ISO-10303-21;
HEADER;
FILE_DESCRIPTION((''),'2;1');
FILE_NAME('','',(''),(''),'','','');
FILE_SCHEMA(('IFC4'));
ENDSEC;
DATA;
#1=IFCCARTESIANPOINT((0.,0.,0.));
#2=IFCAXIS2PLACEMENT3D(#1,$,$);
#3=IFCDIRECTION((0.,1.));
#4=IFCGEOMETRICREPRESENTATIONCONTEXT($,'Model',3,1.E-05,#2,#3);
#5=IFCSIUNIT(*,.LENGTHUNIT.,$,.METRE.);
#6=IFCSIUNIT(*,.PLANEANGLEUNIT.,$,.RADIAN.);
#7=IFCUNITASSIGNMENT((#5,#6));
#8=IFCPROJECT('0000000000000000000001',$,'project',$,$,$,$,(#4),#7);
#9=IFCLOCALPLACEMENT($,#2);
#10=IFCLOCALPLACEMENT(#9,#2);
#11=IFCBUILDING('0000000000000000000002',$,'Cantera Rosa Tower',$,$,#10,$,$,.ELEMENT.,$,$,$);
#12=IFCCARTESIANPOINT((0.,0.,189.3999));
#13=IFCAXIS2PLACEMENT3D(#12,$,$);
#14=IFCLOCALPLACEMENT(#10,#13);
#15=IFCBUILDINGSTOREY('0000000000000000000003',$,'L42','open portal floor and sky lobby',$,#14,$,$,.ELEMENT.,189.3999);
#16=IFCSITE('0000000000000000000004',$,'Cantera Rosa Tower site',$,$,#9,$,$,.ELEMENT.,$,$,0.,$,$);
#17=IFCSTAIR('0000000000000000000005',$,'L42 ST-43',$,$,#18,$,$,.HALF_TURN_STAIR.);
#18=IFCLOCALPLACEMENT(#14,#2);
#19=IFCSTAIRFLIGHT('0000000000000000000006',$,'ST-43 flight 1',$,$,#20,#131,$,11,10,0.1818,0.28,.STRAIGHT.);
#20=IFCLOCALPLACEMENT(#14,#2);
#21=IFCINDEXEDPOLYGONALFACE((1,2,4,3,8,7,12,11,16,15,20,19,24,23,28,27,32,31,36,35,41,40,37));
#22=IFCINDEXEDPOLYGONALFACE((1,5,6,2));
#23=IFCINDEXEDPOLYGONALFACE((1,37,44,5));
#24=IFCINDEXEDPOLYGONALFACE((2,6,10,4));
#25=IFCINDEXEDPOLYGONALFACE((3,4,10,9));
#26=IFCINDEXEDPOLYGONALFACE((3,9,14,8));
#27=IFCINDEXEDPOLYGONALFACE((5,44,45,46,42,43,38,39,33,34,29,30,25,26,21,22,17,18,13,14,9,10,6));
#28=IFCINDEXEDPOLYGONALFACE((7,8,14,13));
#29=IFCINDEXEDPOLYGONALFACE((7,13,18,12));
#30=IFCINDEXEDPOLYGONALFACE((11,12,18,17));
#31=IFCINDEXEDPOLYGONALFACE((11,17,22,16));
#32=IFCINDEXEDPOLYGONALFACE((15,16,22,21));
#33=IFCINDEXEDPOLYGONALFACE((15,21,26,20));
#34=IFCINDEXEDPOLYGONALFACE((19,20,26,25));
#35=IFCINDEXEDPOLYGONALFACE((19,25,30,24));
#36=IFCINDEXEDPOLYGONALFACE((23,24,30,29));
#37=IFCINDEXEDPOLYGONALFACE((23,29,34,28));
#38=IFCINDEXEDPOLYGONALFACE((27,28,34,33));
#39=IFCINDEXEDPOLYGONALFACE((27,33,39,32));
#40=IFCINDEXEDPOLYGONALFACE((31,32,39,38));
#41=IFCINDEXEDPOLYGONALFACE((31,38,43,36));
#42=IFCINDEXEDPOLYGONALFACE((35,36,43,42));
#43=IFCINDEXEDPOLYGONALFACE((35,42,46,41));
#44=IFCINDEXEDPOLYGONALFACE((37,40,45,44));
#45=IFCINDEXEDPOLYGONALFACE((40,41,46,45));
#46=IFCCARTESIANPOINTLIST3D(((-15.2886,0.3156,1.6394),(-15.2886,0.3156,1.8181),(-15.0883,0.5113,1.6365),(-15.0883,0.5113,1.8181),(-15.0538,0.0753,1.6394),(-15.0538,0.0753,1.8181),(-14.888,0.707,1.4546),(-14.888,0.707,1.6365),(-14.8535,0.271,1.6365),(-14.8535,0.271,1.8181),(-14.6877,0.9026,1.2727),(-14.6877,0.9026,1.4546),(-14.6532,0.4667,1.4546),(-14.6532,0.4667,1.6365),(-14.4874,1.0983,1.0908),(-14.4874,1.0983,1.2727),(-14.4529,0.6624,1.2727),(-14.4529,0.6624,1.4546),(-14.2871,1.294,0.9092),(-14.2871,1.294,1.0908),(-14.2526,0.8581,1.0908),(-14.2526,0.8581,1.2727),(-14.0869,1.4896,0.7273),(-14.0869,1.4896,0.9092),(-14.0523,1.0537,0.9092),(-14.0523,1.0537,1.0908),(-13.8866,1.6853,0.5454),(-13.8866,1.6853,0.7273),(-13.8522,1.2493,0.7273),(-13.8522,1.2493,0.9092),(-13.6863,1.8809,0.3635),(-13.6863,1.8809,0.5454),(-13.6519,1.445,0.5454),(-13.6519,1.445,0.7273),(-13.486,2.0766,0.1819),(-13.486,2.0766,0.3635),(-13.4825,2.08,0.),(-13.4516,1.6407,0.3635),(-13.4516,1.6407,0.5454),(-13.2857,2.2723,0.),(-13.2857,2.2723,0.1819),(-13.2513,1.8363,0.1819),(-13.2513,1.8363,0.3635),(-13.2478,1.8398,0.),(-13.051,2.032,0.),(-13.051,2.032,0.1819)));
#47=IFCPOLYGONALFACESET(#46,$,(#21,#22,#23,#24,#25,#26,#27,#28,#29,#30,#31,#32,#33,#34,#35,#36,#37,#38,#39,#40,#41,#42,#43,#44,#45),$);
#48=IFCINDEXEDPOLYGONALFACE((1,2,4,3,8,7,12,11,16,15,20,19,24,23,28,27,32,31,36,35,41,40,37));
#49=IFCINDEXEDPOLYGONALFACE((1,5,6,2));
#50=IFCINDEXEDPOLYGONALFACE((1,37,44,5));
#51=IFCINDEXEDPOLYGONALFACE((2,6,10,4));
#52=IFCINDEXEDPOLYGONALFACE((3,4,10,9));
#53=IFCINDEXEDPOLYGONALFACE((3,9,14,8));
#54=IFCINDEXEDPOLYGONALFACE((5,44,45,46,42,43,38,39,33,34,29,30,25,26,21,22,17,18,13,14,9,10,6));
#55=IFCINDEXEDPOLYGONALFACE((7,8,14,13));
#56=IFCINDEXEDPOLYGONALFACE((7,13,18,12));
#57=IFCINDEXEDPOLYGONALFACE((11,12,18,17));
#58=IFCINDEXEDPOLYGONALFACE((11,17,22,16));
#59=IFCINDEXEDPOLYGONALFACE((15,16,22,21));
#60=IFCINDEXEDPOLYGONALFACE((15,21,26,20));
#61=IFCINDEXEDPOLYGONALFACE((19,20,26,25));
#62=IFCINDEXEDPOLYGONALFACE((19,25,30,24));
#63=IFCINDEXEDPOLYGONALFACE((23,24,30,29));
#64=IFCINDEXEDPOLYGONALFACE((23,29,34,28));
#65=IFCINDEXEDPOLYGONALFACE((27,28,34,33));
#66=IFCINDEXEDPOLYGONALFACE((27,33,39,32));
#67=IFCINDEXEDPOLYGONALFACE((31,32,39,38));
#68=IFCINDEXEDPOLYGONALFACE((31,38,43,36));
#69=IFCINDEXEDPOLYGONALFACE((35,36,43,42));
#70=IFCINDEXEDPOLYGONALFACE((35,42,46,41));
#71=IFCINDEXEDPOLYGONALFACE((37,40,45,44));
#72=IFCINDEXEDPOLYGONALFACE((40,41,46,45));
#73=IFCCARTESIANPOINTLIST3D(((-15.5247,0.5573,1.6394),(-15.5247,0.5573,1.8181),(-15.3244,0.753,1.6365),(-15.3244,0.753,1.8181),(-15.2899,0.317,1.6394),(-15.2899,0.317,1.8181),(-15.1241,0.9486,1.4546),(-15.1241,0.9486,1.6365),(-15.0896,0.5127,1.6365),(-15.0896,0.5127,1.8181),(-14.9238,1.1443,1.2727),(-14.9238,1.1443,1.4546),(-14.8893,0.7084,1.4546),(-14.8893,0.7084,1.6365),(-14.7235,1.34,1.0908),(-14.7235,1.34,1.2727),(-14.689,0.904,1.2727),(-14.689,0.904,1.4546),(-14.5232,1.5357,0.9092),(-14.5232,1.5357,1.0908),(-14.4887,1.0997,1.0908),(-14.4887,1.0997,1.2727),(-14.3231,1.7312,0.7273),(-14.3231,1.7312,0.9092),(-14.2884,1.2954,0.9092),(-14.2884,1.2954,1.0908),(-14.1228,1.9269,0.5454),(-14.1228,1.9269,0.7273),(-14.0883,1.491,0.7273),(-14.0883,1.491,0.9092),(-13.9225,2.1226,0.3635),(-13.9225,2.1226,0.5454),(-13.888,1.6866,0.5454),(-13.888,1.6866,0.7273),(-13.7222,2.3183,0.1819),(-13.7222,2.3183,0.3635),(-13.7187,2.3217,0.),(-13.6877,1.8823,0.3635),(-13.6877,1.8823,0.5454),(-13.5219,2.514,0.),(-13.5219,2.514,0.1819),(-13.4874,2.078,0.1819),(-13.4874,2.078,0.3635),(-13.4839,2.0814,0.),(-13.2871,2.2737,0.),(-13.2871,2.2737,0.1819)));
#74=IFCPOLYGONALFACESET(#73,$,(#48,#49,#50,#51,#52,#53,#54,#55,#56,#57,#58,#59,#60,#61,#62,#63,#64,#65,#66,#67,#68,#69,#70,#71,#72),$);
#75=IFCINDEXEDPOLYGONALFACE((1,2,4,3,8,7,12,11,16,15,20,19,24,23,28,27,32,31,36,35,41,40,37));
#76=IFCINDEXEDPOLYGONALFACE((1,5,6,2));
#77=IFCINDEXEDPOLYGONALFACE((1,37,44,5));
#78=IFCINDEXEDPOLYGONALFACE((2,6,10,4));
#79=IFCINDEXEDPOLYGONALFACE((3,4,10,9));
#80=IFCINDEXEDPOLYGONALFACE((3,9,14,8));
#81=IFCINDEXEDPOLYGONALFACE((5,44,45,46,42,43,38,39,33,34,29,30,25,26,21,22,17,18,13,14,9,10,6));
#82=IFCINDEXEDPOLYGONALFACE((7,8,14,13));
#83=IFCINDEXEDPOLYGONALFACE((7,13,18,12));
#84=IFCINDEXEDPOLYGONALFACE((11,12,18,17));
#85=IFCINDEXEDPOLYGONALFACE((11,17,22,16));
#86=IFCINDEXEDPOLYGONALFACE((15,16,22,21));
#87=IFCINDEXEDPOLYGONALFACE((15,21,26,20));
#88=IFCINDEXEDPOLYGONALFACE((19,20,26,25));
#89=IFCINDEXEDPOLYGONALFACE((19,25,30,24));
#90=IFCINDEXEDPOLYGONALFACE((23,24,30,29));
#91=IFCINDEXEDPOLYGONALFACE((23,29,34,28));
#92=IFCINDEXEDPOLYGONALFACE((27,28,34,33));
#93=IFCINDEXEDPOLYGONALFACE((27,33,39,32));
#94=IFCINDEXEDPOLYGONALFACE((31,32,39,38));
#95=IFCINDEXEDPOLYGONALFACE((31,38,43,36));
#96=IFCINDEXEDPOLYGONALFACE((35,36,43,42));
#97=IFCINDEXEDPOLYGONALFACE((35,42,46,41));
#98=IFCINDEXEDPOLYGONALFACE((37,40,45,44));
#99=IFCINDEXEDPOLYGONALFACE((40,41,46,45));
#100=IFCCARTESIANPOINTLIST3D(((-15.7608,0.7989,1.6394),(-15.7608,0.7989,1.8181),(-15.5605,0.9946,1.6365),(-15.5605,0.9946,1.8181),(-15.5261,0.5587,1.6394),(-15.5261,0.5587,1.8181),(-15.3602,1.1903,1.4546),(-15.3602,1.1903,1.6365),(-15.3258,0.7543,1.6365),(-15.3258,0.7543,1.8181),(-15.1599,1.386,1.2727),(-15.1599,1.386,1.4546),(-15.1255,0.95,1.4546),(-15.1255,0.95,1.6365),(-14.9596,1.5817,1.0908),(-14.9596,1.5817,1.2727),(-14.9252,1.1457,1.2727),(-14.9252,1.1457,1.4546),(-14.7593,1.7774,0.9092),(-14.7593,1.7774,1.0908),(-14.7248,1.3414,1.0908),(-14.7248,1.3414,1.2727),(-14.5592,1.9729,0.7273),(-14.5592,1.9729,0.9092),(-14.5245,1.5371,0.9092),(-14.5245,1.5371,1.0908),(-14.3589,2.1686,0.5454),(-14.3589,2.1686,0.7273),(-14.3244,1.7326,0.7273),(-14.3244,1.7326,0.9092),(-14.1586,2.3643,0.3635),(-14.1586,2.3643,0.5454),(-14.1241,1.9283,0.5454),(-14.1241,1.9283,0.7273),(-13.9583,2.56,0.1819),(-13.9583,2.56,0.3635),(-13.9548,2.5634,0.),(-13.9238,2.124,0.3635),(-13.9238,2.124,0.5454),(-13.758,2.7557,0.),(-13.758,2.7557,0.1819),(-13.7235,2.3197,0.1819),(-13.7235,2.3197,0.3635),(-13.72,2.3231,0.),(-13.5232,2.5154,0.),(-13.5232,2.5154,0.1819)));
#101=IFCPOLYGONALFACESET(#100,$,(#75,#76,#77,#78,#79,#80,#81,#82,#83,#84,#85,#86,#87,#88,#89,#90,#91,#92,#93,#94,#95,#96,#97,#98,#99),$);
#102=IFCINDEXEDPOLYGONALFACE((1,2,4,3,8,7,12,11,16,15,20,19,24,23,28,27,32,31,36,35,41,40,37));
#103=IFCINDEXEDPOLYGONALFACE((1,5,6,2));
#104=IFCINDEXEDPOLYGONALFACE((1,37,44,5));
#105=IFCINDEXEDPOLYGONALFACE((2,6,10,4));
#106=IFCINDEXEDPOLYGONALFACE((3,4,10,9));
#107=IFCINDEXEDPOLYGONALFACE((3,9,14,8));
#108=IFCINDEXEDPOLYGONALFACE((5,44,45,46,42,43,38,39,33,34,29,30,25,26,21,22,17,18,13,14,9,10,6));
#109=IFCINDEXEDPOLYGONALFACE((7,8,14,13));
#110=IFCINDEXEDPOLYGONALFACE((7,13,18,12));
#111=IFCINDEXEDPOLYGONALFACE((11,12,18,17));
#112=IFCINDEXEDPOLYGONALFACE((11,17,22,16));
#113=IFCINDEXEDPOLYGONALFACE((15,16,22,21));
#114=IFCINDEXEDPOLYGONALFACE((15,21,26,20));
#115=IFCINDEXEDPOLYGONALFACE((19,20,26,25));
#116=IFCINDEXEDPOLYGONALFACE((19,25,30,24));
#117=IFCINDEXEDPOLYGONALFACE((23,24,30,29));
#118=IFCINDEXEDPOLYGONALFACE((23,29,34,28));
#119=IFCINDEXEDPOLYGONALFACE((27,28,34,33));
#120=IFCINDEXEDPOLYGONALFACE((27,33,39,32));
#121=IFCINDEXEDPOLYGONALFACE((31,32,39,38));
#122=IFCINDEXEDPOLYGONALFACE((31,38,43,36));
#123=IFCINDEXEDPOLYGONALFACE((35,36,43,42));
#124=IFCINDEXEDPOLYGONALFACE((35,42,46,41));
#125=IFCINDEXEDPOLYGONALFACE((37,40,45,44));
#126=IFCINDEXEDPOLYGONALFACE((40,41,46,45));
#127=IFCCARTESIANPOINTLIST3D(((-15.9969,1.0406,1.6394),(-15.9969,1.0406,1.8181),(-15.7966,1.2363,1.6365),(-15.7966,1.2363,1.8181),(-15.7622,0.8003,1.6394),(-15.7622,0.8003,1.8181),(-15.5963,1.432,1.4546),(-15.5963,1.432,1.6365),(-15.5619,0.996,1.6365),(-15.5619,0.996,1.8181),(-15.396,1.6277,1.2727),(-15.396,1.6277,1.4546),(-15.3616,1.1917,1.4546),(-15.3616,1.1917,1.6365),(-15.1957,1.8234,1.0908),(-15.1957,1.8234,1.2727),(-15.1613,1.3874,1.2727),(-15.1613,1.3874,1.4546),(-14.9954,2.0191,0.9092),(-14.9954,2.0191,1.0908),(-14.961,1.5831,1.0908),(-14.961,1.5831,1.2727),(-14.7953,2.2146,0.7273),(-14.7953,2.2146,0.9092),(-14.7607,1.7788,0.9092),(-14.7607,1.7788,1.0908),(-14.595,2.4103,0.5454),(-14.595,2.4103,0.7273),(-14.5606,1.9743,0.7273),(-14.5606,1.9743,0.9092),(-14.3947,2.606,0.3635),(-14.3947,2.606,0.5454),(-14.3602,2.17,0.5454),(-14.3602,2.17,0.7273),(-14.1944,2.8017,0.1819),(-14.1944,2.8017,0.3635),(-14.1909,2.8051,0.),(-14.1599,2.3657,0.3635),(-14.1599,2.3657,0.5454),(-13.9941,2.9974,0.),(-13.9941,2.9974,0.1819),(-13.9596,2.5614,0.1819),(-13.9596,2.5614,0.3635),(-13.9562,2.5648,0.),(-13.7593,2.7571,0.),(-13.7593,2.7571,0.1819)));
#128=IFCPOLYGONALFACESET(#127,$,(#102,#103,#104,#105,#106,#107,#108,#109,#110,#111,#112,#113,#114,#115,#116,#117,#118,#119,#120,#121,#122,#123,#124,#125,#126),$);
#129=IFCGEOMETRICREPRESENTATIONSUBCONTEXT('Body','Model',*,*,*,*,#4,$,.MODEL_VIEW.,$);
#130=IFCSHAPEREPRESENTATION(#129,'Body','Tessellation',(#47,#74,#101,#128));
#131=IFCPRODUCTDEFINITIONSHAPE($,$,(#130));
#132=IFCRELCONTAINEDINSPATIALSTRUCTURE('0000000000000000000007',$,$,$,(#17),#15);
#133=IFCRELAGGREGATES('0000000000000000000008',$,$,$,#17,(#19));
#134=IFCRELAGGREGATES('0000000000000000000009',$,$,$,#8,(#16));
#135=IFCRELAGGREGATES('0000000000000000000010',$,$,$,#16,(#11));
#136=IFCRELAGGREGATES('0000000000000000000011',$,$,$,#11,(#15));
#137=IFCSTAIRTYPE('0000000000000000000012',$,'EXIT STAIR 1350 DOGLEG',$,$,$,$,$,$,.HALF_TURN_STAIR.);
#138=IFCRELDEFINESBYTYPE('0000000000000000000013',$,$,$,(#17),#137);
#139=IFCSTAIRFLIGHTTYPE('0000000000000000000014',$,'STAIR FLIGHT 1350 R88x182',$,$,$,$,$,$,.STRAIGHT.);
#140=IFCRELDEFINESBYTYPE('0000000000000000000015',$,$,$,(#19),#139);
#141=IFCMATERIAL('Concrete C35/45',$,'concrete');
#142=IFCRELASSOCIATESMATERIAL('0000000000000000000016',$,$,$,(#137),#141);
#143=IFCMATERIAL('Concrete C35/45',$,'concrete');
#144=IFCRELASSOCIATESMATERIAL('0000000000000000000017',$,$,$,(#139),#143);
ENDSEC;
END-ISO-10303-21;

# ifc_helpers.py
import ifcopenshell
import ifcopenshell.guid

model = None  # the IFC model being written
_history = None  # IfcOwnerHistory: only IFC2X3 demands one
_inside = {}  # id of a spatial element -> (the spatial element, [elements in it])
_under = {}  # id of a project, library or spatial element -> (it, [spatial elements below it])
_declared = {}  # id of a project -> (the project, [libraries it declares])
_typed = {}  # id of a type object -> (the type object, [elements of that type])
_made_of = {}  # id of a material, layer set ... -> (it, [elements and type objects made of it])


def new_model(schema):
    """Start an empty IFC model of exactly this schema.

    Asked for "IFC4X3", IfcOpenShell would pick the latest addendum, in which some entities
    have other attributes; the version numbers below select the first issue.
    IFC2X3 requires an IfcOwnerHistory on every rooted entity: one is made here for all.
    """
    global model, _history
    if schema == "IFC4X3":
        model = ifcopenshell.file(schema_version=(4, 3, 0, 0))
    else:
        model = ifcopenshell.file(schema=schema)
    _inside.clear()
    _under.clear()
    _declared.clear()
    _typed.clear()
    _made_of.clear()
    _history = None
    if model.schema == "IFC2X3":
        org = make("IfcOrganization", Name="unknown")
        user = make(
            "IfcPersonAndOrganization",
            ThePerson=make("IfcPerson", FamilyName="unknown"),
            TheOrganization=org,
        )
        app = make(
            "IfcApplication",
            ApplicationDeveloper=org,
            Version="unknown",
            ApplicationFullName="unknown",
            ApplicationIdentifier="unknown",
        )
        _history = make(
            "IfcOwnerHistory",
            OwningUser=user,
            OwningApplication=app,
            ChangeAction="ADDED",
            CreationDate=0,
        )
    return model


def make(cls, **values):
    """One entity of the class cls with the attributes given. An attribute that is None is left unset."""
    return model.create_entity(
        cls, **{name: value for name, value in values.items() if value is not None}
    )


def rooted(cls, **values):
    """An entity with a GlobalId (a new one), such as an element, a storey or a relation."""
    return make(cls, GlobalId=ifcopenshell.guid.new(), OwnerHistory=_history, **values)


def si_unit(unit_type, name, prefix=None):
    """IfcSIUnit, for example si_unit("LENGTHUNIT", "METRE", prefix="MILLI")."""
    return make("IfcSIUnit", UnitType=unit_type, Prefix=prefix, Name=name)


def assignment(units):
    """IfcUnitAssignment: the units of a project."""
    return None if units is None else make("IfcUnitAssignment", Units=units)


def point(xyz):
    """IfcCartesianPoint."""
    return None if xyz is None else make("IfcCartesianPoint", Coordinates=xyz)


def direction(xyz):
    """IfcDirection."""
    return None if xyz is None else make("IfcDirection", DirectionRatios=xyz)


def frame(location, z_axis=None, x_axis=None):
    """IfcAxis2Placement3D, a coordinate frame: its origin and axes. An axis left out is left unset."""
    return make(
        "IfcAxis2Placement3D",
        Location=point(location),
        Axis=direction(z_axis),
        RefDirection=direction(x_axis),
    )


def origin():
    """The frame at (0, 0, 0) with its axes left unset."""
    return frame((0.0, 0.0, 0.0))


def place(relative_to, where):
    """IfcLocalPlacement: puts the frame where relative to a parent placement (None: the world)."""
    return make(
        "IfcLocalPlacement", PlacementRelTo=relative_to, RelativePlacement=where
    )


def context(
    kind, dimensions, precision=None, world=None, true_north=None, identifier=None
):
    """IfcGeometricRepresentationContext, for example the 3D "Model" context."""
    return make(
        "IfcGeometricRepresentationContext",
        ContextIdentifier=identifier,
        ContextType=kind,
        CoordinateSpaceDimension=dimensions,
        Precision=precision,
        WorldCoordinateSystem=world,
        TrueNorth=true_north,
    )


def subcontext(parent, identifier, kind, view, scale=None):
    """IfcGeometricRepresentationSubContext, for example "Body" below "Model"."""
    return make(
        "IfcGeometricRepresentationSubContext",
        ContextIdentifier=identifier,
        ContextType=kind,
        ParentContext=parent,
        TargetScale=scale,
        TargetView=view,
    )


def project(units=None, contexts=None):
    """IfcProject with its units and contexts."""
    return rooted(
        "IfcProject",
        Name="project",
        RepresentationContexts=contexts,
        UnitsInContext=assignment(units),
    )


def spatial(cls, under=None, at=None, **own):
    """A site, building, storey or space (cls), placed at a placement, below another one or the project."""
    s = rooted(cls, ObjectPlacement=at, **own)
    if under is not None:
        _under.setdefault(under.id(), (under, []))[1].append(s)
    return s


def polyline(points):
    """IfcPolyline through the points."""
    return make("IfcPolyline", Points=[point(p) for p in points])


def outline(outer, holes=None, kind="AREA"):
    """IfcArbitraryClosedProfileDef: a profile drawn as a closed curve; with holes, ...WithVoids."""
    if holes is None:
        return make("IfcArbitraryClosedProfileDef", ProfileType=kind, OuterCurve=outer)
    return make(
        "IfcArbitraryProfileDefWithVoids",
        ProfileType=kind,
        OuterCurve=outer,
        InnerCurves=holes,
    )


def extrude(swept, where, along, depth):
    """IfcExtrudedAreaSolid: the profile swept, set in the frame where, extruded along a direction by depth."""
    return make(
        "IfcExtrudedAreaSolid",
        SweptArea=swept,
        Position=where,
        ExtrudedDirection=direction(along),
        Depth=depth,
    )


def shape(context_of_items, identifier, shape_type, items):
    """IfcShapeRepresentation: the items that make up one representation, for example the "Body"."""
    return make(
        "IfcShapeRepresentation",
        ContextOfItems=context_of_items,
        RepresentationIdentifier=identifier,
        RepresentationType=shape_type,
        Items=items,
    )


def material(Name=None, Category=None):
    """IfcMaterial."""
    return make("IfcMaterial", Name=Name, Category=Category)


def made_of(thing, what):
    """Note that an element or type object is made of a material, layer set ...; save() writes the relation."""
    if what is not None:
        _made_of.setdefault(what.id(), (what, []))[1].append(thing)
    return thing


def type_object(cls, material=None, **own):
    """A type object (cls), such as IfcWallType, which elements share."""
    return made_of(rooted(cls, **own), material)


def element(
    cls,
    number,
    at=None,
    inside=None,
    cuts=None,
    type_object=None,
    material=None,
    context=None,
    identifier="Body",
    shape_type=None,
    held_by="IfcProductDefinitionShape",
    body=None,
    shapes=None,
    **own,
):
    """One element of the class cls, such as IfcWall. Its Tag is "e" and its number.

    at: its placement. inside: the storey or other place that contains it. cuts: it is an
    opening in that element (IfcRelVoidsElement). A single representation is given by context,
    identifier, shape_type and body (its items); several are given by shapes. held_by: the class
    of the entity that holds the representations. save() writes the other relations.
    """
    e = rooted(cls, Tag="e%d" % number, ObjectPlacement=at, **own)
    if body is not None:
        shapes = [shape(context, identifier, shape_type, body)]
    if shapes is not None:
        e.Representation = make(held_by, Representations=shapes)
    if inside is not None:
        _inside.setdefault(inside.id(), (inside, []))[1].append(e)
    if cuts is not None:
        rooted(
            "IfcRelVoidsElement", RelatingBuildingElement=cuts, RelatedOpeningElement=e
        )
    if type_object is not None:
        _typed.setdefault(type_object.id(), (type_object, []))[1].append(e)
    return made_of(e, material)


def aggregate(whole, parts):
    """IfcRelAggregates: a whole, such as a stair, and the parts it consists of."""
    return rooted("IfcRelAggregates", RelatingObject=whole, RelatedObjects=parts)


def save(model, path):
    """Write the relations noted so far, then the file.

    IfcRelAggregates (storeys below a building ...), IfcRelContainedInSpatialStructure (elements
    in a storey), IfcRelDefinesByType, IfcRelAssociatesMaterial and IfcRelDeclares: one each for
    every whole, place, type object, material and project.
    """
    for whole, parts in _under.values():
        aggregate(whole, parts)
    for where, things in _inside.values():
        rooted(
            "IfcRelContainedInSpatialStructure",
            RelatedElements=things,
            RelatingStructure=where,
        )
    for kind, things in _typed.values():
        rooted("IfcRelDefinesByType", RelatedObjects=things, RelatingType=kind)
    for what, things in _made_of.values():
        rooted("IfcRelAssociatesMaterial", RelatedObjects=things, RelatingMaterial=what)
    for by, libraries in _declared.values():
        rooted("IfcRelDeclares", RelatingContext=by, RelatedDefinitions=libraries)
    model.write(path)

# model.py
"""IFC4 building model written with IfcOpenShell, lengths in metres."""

from ifc_helpers import new_model, si_unit, direction, frame, origin, place, context, subcontext, project, spatial, polyline, outline, extrude, material, type_object, element, aggregate, save


model = new_model("IFC4")

# Units and contexts
model_context = context("Model", 3, precision=1e-05, world=origin(), true_north=direction((0.0, 1.0)))
body_context = subcontext(model_context, "Body", "Model", "MODEL_VIEW")
ifc_project = project(units=[si_unit("LENGTHUNIT", "METRE"), si_unit("PLANEANGLEUNIT", "RADIAN")], contexts=[model_context])

# Site, building, storey
site_placement = place(None, origin())
site = spatial("IfcSite", under=ifc_project, at=site_placement, Name="Cantera Rosa Tower site", CompositionType="ELEMENT", RefElevation=0.0)
building_placement = place(site_placement, origin())
building = spatial("IfcBuilding", under=site, at=building_placement, Name="Cantera Rosa Tower", CompositionType="ELEMENT")
storey_placement = place(building_placement, frame((0.0, 0.0, 189.3999)))
storey = spatial("IfcBuildingStorey", under=building, at=storey_placement, Name="L42", Description="open portal floor and sky lobby", CompositionType="ELEMENT", Elevation=189.3999)

# Stair, stair flight
ifc_material_1 = material(Name="Concrete C35/45", Category="concrete")
stair_type = type_object("IfcStairType", Name="EXIT STAIR 1350 DOGLEG", PredefinedType="HALF_TURN_STAIR", material=ifc_material_1)
stair_placement = place(storey_placement, origin())
stair = element("IfcStair", 1, at=stair_placement, inside=storey, type_object=stair_type, Name="L42 ST-43", PredefinedType="HALF_TURN_STAIR")
ifc_material_2 = material(Name="Concrete C35/45", Category="concrete")
stair_flight_type = type_object("IfcStairFlightType", Name="STAIR FLIGHT 1350 R88x182", PredefinedType="STRAIGHT", material=ifc_material_2)
stair_flight_1_placement = place(storey_placement, frame((-13.5227, 2.5149, 0.0), z_axis=(0.0, 0.0, 1.0), x_axis=(-0.715286, -0.698832, 0.0)))
stair_flight_1 = element("IfcStairFlight", 2, at=stair_flight_1_placement, type_object=stair_flight_type, Name="ST-43 flight 1", NumberOfRisers=11, NumberOfTreads=10, PredefinedType="STRAIGHT", RiserHeight=0.1818, TreadLength=0.28, context=body_context, shape_type="SweptSolid", body=[
    extrude(outline(polyline([(0.0, 0.0), (0.0, 0.1819), (0.28, 0.1819), (0.28, 0.3635), (0.5601, 0.3635), (0.5601, 0.5454), (0.8401, 0.5454), (0.8401, 0.7273), (1.1201, 0.7273), (1.1201, 0.9092), (1.3999, 0.9092), (1.3999, 1.0908), (1.6799, 1.0908), (1.6799, 1.2727), (1.96, 1.2727), (1.96, 1.4546), (2.24, 1.4546), (2.24, 1.6365), (2.52, 1.6365), (2.52, 1.8181), (2.8, 1.8181), (2.8, 2.0), (2.8, 1.6394), (0.2751, 0.0), (0.0, 0.0)])), frame((0.0, 0.675, 0.0), z_axis=(0.0, -1.0, 0.0), x_axis=(1.0, 0.0, 0.0)), (0.0, 0.0, 1.0), 0.3359),
    extrude(outline(polyline([(0.0, 0.0), (0.0, 0.1819), (0.28, 0.1819), (0.28, 0.3635), (0.5601, 0.3635), (0.5601, 0.5454), (0.8401, 0.5454), (0.8401, 0.7273), (1.1201, 0.7273), (1.1201, 0.9092), (1.3999, 0.9092), (1.3999, 1.0908), (1.6799, 1.0908), (1.6799, 1.2727), (1.96, 1.2727), (1.96, 1.4546), (2.24, 1.4546), (2.24, 1.6365), (2.52, 1.6365), (2.52, 1.8181), (2.8, 1.8181), (2.8, 2.0), (2.8, 1.6394), (0.2751, 0.0), (0.0, 0.0)])), frame((0.0, 0.3372, 0.0), z_axis=(0.0, -1.0, 0.0), x_axis=(1.0, 0.0, 0.0)), (0.0, 0.0, 1.0), 0.3359),
    extrude(outline(polyline([(0.0, 0.0), (0.0, 0.1819), (0.28, 0.1819), (0.28, 0.3635), (0.5601, 0.3635), (0.5601, 0.5454), (0.8401, 0.5454), (0.8401, 0.7273), (1.1201, 0.7273), (1.1201, 0.9092), (1.3999, 0.9092), (1.3999, 1.0908), (1.6799, 1.0908), (1.6799, 1.2727), (1.96, 1.2727), (1.96, 1.4546), (2.24, 1.4546), (2.24, 1.6365), (2.52, 1.6365), (2.52, 1.8181), (2.8, 1.8181), (2.8, 2.0), (2.8, 1.6394), (0.2751, 0.0), (0.0, 0.0)])), frame((0.0, -0.0007, 0.0), z_axis=(0.0, -1.0, 0.0), x_axis=(1.0, 0.0, 0.0)), (0.0, 0.0, 1.0), 0.3359),
    extrude(outline(polyline([(0.0, 0.0), (0.0, 0.1819), (0.28, 0.1819), (0.28, 0.3635), (0.5601, 0.3635), (0.5601, 0.5454), (0.8401, 0.5454), (0.8401, 0.7273), (1.1201, 0.7273), (1.1201, 0.9092), (1.3999, 0.9092), (1.3999, 1.0908), (1.6799, 1.0908), (1.6799, 1.2727), (1.96, 1.2727), (1.96, 1.4546), (2.24, 1.4546), (2.24, 1.6365), (2.52, 1.6365), (2.52, 1.8181), (2.8, 1.8181), (2.8, 2.0), (2.8, 1.6394), (0.2751, 0.0), (0.0, 0.0)])), frame((0.0, -0.3386, 0.0), z_axis=(0.0, -1.0, 0.0), x_axis=(1.0, 0.0, 0.0)), (0.0, 0.0, 1.0), 0.3359),
])
aggregate(stair, [stair_flight_1])

save(model, "model.ifc")
